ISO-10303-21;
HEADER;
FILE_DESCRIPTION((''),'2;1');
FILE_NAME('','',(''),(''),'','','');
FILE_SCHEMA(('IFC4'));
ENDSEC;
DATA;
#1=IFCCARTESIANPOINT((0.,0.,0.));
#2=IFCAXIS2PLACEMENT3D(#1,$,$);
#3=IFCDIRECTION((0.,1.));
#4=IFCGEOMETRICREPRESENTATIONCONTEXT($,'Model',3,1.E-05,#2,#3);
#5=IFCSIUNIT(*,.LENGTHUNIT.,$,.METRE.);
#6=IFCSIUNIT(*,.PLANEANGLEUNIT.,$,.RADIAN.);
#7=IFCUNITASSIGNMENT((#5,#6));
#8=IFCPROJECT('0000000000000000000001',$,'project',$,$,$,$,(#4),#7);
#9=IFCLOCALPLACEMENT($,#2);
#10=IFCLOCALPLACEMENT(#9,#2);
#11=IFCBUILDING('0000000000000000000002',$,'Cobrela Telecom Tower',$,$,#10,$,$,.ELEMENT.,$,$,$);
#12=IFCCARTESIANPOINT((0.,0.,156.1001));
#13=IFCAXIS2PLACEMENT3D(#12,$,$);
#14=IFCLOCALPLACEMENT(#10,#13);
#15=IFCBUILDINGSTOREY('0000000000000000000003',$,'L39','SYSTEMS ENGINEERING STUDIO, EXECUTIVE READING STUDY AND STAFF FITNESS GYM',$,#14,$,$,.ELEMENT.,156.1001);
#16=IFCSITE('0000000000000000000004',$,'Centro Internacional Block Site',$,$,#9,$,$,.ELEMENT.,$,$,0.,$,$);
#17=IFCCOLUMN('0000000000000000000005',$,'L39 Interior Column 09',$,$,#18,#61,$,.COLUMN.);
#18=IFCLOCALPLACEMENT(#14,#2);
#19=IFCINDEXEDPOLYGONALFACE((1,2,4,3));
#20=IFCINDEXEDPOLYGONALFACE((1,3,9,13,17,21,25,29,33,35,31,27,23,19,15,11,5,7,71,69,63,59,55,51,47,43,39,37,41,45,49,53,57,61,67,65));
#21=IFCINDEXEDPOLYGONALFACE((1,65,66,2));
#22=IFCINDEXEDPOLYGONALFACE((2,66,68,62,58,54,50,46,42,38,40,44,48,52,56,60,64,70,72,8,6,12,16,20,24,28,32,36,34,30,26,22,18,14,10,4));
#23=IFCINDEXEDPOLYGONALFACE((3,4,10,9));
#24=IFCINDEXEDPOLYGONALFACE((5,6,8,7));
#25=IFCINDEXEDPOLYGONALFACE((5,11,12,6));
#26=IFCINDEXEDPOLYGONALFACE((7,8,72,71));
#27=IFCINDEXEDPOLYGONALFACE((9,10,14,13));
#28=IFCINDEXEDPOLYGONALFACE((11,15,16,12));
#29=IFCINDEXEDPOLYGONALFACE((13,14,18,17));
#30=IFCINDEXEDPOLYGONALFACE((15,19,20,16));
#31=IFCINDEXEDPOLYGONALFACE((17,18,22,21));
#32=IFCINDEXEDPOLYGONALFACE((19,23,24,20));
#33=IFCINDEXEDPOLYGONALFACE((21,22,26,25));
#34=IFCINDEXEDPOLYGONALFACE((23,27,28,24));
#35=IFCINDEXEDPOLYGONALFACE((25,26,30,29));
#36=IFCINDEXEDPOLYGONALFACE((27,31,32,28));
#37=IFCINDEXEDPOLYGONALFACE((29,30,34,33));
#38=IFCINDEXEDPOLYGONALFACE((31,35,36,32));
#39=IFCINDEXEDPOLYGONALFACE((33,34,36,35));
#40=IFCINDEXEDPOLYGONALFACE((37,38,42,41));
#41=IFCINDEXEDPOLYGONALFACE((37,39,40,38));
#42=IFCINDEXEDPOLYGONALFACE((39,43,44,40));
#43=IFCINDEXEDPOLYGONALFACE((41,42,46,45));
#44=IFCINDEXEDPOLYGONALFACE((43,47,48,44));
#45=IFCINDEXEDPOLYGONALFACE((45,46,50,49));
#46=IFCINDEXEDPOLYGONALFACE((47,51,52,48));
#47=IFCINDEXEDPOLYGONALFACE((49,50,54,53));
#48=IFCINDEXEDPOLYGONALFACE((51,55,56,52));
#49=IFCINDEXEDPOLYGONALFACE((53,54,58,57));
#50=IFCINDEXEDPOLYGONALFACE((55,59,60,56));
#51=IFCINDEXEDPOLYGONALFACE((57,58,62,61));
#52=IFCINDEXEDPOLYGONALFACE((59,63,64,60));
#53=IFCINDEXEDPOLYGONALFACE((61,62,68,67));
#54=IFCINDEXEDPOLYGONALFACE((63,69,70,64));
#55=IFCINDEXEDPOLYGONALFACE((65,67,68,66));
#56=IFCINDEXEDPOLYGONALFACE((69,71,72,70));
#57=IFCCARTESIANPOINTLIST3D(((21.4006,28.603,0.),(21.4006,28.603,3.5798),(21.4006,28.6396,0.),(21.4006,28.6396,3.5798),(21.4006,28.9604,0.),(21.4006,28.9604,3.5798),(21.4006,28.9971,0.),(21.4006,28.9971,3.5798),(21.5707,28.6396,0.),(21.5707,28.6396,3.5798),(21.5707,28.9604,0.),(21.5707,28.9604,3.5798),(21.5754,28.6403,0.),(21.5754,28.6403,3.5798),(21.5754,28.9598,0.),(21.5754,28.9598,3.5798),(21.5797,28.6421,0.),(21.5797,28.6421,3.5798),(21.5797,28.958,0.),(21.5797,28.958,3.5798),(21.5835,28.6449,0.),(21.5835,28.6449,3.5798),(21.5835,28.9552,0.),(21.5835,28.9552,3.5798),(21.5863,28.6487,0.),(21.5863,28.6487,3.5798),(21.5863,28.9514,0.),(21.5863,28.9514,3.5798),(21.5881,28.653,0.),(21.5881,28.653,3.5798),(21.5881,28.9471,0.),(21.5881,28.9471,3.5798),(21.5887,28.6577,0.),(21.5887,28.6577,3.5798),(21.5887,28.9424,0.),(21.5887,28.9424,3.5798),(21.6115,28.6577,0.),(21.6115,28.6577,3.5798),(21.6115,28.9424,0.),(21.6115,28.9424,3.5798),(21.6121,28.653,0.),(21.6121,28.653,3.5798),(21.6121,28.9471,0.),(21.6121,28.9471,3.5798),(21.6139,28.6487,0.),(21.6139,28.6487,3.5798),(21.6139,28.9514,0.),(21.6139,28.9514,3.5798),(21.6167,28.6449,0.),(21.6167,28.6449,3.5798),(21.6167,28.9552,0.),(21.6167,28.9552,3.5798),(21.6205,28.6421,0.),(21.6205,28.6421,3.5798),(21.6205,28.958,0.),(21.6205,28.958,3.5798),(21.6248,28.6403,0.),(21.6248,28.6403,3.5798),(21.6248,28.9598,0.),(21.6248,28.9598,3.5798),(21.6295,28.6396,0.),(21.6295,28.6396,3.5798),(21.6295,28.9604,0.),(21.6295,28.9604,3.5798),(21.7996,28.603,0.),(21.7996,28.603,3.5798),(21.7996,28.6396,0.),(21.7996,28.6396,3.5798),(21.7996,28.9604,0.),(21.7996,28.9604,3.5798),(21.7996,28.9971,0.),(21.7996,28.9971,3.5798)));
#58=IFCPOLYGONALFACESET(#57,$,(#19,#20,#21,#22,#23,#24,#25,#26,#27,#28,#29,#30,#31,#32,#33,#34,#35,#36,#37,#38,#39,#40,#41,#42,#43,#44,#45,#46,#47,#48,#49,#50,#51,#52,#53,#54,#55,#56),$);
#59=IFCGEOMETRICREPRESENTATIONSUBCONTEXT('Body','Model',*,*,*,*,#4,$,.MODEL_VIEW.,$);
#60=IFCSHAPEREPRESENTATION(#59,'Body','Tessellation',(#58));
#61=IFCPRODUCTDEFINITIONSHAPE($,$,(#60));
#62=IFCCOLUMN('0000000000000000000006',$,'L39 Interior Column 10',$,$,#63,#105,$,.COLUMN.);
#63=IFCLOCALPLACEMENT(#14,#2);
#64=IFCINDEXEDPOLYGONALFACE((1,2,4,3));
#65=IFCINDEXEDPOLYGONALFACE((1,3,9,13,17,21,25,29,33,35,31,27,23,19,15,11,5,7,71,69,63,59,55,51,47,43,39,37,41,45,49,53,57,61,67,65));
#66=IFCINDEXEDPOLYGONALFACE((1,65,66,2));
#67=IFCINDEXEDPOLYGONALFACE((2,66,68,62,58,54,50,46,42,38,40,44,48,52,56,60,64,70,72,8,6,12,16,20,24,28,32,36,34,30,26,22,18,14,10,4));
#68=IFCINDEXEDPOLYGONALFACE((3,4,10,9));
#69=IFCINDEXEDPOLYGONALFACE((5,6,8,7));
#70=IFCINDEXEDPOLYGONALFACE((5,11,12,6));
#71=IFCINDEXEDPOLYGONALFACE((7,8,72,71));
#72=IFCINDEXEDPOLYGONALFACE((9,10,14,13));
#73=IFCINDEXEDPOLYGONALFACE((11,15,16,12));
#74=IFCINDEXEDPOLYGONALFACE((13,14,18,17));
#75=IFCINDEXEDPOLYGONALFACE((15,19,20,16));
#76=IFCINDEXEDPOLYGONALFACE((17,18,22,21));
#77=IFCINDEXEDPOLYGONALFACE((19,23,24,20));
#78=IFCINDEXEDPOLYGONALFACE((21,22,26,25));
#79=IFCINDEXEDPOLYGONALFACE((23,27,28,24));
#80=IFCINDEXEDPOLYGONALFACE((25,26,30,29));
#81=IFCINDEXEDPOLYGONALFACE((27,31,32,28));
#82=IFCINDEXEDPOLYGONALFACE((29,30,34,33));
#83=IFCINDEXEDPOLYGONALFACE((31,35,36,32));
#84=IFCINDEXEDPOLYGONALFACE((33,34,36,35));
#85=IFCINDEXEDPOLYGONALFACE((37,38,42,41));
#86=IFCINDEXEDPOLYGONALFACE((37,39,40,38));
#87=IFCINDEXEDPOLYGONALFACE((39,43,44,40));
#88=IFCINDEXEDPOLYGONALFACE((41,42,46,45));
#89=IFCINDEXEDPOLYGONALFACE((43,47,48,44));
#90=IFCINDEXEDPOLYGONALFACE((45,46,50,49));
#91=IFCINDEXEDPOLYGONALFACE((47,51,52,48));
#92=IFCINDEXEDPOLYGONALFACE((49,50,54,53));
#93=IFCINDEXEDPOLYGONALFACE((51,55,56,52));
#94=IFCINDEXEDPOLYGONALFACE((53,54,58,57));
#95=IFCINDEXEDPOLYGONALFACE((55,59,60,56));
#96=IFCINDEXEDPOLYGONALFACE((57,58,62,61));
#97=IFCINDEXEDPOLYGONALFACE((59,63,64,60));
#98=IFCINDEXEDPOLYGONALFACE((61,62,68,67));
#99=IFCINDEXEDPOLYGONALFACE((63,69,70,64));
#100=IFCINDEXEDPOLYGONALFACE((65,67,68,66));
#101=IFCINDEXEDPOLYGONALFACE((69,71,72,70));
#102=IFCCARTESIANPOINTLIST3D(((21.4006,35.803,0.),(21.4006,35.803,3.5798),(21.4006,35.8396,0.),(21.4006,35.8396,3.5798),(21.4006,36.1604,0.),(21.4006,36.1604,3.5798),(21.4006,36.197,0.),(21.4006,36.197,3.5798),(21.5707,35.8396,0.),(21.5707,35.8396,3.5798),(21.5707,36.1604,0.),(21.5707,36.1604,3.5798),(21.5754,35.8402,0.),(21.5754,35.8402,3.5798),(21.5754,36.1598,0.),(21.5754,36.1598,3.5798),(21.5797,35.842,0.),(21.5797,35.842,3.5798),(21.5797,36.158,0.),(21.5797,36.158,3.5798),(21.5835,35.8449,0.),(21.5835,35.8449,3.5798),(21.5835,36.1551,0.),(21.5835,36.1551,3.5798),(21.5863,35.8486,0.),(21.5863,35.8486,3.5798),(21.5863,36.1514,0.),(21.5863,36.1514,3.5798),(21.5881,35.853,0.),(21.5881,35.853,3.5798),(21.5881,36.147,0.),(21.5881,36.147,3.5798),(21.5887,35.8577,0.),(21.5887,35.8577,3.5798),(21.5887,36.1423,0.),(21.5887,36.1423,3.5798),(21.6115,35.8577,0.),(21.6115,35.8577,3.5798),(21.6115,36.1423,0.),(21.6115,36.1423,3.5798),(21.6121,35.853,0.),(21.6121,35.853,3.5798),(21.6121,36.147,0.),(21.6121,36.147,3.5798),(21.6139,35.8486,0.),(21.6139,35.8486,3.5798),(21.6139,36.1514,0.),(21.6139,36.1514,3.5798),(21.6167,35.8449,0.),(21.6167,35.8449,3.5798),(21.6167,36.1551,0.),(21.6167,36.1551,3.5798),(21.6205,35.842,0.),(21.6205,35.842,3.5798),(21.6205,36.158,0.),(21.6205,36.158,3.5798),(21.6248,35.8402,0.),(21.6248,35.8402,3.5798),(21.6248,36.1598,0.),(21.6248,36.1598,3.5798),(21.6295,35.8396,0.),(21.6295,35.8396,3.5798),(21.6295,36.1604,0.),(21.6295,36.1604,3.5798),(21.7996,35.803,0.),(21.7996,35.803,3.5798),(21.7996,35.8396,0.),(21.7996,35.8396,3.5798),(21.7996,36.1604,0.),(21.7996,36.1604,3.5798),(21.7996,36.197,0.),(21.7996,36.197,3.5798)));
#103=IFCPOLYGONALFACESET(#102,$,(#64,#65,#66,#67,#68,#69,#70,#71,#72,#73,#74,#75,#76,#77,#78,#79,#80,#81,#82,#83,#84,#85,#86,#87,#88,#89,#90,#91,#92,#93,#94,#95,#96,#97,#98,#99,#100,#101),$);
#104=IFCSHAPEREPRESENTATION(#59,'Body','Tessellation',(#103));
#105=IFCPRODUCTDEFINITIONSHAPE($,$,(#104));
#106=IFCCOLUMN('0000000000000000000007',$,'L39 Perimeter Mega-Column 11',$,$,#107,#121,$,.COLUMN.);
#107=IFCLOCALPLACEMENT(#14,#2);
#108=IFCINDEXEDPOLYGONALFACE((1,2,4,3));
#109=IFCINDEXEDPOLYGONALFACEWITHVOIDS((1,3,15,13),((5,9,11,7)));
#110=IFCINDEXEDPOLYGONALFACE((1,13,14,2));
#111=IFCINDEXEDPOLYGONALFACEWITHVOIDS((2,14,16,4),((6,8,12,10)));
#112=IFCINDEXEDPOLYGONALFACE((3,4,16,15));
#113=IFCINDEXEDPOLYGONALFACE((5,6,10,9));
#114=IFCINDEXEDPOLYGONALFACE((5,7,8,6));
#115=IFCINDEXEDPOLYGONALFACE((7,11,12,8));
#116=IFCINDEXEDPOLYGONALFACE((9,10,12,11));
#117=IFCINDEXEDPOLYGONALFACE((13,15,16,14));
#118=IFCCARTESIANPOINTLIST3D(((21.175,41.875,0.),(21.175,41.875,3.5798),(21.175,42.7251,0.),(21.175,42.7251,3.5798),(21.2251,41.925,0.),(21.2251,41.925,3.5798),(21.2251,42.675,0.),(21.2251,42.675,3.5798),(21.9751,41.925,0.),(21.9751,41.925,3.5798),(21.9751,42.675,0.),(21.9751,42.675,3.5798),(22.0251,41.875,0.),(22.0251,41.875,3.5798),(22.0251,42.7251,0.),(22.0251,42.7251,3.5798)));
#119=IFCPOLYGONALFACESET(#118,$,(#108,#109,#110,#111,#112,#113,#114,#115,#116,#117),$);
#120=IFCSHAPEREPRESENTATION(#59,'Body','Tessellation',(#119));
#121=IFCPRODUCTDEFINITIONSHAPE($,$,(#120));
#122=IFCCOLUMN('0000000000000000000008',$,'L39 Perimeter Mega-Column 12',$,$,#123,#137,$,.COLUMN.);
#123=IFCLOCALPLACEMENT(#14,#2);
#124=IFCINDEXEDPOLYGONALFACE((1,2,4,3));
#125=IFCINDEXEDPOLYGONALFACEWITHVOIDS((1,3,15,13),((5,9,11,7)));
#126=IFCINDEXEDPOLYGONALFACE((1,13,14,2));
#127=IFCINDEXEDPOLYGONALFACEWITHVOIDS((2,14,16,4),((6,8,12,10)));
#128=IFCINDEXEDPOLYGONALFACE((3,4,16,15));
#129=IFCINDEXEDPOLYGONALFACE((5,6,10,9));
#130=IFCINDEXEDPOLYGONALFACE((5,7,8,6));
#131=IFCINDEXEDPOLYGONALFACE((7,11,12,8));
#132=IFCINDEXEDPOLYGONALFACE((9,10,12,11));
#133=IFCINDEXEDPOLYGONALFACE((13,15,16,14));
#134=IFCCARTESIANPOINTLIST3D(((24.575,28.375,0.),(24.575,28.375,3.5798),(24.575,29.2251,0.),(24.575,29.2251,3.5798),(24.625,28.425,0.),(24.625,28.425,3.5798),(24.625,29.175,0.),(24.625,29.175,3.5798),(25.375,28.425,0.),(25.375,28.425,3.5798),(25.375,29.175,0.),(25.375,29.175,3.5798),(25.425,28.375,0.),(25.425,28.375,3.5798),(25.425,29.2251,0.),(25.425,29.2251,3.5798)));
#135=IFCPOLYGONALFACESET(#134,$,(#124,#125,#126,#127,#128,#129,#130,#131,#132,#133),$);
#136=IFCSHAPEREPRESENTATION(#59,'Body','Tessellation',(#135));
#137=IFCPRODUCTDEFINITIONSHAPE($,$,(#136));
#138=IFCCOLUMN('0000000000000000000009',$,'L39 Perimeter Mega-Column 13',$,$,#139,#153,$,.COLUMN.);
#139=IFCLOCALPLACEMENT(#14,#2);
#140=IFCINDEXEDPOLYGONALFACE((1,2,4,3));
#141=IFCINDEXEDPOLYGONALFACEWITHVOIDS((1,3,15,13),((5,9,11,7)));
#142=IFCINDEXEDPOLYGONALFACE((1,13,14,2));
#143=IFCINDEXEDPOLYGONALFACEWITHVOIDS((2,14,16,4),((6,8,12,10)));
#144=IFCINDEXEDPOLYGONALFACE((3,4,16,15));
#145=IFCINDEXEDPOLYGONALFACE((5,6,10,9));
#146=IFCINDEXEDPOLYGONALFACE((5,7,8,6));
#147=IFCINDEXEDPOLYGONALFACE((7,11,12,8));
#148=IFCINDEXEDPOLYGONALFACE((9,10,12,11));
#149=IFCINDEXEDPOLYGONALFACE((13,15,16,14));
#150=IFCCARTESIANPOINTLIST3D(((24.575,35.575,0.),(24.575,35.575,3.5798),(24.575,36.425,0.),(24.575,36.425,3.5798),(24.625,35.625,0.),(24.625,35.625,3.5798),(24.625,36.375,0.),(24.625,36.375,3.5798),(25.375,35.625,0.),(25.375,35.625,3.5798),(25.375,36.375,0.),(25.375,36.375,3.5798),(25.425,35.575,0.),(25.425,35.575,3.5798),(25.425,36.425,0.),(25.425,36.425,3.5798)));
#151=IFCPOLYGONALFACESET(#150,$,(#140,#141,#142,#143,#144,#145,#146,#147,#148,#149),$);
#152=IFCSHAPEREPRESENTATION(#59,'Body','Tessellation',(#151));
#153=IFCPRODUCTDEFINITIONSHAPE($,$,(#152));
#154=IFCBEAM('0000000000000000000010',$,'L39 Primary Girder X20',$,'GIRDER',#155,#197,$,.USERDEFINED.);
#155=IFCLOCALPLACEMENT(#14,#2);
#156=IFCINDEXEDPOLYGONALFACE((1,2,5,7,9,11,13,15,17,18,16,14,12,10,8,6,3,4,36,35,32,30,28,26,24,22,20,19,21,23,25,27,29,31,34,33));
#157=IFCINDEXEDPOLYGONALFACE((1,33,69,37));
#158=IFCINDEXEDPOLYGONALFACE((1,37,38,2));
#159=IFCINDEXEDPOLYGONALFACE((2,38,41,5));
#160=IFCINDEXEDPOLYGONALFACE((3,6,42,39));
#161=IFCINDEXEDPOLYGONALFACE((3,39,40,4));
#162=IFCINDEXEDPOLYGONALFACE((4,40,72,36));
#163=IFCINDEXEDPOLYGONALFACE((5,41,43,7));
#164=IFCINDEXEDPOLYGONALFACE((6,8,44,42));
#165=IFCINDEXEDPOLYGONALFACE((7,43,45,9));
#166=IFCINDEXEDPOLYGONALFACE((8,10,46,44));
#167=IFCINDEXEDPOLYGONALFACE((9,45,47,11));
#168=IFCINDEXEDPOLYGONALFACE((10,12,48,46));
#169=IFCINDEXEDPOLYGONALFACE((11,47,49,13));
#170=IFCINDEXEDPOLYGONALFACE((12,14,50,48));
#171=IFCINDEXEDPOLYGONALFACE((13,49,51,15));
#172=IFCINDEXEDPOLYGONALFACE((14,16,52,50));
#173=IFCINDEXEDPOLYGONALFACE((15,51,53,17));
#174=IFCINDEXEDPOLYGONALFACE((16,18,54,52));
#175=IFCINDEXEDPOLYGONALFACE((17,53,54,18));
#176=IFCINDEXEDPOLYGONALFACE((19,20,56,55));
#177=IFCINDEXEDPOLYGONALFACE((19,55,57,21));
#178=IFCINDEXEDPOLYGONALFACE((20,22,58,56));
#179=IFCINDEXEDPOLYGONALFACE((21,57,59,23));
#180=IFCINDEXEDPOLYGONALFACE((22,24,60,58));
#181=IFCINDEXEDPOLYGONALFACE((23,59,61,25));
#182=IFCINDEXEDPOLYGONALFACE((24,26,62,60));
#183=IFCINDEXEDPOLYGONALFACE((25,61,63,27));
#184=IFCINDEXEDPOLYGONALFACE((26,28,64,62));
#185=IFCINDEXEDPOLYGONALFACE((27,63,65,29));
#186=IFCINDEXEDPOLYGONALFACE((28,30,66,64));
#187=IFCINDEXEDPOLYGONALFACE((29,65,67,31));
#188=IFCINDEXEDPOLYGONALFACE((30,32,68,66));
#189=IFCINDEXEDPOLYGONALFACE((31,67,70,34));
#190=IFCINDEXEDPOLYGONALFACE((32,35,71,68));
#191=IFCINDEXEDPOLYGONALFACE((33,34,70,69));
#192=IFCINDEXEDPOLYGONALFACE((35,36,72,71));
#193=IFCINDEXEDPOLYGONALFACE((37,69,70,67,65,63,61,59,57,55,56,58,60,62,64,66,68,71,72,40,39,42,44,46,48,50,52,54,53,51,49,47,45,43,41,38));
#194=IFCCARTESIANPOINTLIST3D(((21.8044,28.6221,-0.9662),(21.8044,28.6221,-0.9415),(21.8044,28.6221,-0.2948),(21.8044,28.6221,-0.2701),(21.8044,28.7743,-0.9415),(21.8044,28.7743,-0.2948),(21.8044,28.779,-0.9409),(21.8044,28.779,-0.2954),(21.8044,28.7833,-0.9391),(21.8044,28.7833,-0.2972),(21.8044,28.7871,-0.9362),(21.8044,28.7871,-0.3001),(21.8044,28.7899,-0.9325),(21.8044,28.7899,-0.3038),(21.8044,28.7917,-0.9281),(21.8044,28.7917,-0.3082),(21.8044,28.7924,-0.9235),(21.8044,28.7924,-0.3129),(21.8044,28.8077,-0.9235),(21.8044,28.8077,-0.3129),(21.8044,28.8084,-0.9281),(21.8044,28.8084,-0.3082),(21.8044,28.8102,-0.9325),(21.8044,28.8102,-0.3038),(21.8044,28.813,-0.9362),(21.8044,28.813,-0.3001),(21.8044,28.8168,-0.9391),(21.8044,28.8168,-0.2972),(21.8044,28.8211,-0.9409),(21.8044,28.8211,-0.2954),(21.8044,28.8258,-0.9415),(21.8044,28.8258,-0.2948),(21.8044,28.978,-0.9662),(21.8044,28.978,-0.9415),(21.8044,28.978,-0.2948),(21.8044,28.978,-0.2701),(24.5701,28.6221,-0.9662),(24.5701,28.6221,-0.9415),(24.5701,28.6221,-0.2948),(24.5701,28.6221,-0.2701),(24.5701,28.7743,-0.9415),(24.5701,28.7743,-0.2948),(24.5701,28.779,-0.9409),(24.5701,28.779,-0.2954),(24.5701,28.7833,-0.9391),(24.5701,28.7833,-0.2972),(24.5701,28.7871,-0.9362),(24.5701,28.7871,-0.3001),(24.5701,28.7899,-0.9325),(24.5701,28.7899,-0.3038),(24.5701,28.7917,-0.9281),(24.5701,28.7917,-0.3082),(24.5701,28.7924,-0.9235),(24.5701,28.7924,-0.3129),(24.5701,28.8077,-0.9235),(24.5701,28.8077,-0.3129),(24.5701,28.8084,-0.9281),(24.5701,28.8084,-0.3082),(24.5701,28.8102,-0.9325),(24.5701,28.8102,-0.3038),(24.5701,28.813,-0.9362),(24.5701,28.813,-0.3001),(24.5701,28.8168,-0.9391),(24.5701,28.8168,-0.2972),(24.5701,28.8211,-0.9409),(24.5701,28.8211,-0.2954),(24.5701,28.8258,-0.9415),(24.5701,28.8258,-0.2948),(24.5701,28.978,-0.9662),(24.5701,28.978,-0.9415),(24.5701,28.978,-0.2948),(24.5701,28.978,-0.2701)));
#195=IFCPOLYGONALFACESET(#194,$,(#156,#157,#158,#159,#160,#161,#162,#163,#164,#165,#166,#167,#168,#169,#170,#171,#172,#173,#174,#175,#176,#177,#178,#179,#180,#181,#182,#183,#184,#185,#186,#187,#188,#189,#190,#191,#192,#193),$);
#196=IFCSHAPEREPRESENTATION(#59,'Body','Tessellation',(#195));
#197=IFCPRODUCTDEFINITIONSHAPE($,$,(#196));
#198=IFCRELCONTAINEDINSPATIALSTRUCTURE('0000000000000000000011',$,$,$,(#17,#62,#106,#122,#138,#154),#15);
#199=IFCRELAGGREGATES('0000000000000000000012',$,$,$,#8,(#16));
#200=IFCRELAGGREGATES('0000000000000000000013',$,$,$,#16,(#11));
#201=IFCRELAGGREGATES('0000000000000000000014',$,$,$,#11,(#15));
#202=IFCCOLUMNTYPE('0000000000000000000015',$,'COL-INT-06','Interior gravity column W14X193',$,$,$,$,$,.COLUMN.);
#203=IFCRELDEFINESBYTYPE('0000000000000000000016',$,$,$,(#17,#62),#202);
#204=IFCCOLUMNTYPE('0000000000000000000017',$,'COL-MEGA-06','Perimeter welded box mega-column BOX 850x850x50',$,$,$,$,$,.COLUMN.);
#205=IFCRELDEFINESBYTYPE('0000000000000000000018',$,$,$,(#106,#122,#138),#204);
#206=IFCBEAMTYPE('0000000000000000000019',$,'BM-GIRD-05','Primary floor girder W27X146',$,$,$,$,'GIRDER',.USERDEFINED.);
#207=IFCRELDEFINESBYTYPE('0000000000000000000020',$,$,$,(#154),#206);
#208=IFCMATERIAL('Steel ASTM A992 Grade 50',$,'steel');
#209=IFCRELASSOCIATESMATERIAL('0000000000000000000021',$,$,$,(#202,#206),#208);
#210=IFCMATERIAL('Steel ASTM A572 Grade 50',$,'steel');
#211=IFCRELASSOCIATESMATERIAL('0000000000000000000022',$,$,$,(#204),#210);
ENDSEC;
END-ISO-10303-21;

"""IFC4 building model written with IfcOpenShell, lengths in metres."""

from ifc_helpers import new_model, si_unit, direction, frame, origin, origin_2d, place, context, subcontext, project, spatial, hollow_rectangle, i_section, extrude, material, material_profile, profile_set, type_object, element, save


model = new_model("IFC4")

# Units and contexts
model_context = context("Model", 3, precision=1e-05, world=origin(), true_north=direction((0.0, 1.0)))
body_context = subcontext(model_context, "Body", "Model", "MODEL_VIEW")
ifc_project = project(units=[si_unit("LENGTHUNIT", "METRE"), si_unit("PLANEANGLEUNIT", "RADIAN")], contexts=[model_context])

# Site, building, storey
site_placement = place(None, origin())
site = spatial("IfcSite", under=ifc_project, at=site_placement, Name="Centro Internacional Block Site", CompositionType="ELEMENT", RefElevation=0.0)
building_placement = place(site_placement, origin())
building = spatial("IfcBuilding", under=site, at=building_placement, Name="Cobrela Telecom Tower", CompositionType="ELEMENT")
storey_placement = place(building_placement, frame((0.0, 0.0, 156.1001)))
storey = spatial("IfcBuildingStorey", under=building, at=storey_placement, Name="L39", Description="SYSTEMS ENGINEERING STUDIO, EXECUTIVE READING STUDY AND STAFF FITNESS GYM", CompositionType="ELEMENT", Elevation=156.1001)

# Columns
ifc_material_1 = material(Name="Steel ASTM A992 Grade 50", Category="steel")
ifc_material_profile_1 = material_profile(ifc_material_1, i_section(OverallWidth=0.3989, OverallDepth=0.394, WebThickness=0.0227, FlangeThickness=0.0366, FilletRadius=0.0181, at=origin_2d()), Name="W14X193")
ifc_profile_set_1 = profile_set([ifc_material_profile_1], Name="Steel ASTM A992 Grade 50")
column_type_1 = type_object("IfcColumnType", Name="COL-INT-06", Description="Interior gravity column W14X193", PredefinedType="COLUMN", material=ifc_profile_set_1)
for number, where, z_axis, x_axis, name in (
    (1, (21.6001, 28.8, 0.0), (0.0, 0.0, 1.0), (1.0, 0.0, 0.0), "L39 Interior Column 09"),
    (2, (21.6001, 36.0, 0.0), (0.0, 0.0, 1.0), (1.0, 0.0, 0.0), "L39 Interior Column 10"),
):
    element("IfcColumn", number, at=place(storey_placement, frame(where, z_axis=z_axis, x_axis=x_axis)), inside=storey, type_object=column_type_1, Name=name, PredefinedType="COLUMN", context=body_context, shape_type="SweptSolid", body=[
        extrude(i_section(OverallWidth=0.3989, OverallDepth=0.394, WebThickness=0.0227, FlangeThickness=0.0366, FilletRadius=0.0181, at=origin_2d()), origin(), (0.0, 0.0, 1.0), 3.5798),
    ])
ifc_material_2 = material(Name="Steel ASTM A572 Grade 50", Category="steel")
ifc_material_profile_2 = material_profile(ifc_material_2, hollow_rectangle(XDim=0.8501, YDim=0.8501, WallThickness=0.05, at=origin_2d()), Name="BOX 850x850x50")
ifc_profile_set_2 = profile_set([ifc_material_profile_2], Name="Steel ASTM A572 Grade 50")
column_type_2 = type_object("IfcColumnType", Name="COL-MEGA-06", Description="Perimeter welded box mega-column BOX 850x850x50", PredefinedType="COLUMN", material=ifc_profile_set_2)
for number, where, z_axis, x_axis, name in (
    (3, (21.6001, 42.3, 0.0), (0.0, 0.0, 1.0), (1.0, 0.0, 0.0), "L39 Perimeter Mega-Column 11"),
    (4, (25.0, 28.8, 0.0), (0.0, 0.0, 1.0), (1.0, 0.0, 0.0), "L39 Perimeter Mega-Column 12"),
    (5, (25.0, 36.0, 0.0), (0.0, 0.0, 1.0), (1.0, 0.0, 0.0), "L39 Perimeter Mega-Column 13"),
):
    element("IfcColumn", number, at=place(storey_placement, frame(where, z_axis=z_axis, x_axis=x_axis)), inside=storey, type_object=column_type_2, Name=name, PredefinedType="COLUMN", context=body_context, shape_type="SweptSolid", body=[
        extrude(hollow_rectangle(XDim=0.8501, YDim=0.8501, WallThickness=0.05, at=origin_2d()), origin(), (0.0, 0.0, 1.0), 3.5798),
    ])

# Beam
ifc_material_profile_3 = material_profile(ifc_material_1, i_section(OverallWidth=0.356, OverallDepth=0.696, WebThickness=0.0154, FlangeThickness=0.0247, FilletRadius=0.0181, at=origin_2d()), Name="W27X146")
ifc_profile_set_3 = profile_set([ifc_material_profile_3], Name="Steel ASTM A992 Grade 50")
beam_type_1 = type_object("IfcBeamType", Name="BM-GIRD-05", Description="Primary floor girder W27X146", ElementType="GIRDER", PredefinedType="USERDEFINED", material=ifc_profile_set_3)
for number, where, z_axis, x_axis, name in (
    (6, (21.8044, 28.8, -0.6182), (1.0, 0.0, 0.0), (0.0, 1.0, 0.0), "L39 Primary Girder X20"),
):
    element("IfcBeam", number, at=place(storey_placement, frame(where, z_axis=z_axis, x_axis=x_axis)), inside=storey, type_object=beam_type_1, Name=name, ObjectType="GIRDER", PredefinedType="USERDEFINED", context=body_context, shape_type="SweptSolid", body=[
        extrude(i_section(OverallWidth=0.356, OverallDepth=0.696, WebThickness=0.0154, FlangeThickness=0.0247, FilletRadius=0.0181, at=origin_2d()), origin(), (0.0, 0.0, 1.0), 2.7656),
    ])

save(model, "model.ifc")
